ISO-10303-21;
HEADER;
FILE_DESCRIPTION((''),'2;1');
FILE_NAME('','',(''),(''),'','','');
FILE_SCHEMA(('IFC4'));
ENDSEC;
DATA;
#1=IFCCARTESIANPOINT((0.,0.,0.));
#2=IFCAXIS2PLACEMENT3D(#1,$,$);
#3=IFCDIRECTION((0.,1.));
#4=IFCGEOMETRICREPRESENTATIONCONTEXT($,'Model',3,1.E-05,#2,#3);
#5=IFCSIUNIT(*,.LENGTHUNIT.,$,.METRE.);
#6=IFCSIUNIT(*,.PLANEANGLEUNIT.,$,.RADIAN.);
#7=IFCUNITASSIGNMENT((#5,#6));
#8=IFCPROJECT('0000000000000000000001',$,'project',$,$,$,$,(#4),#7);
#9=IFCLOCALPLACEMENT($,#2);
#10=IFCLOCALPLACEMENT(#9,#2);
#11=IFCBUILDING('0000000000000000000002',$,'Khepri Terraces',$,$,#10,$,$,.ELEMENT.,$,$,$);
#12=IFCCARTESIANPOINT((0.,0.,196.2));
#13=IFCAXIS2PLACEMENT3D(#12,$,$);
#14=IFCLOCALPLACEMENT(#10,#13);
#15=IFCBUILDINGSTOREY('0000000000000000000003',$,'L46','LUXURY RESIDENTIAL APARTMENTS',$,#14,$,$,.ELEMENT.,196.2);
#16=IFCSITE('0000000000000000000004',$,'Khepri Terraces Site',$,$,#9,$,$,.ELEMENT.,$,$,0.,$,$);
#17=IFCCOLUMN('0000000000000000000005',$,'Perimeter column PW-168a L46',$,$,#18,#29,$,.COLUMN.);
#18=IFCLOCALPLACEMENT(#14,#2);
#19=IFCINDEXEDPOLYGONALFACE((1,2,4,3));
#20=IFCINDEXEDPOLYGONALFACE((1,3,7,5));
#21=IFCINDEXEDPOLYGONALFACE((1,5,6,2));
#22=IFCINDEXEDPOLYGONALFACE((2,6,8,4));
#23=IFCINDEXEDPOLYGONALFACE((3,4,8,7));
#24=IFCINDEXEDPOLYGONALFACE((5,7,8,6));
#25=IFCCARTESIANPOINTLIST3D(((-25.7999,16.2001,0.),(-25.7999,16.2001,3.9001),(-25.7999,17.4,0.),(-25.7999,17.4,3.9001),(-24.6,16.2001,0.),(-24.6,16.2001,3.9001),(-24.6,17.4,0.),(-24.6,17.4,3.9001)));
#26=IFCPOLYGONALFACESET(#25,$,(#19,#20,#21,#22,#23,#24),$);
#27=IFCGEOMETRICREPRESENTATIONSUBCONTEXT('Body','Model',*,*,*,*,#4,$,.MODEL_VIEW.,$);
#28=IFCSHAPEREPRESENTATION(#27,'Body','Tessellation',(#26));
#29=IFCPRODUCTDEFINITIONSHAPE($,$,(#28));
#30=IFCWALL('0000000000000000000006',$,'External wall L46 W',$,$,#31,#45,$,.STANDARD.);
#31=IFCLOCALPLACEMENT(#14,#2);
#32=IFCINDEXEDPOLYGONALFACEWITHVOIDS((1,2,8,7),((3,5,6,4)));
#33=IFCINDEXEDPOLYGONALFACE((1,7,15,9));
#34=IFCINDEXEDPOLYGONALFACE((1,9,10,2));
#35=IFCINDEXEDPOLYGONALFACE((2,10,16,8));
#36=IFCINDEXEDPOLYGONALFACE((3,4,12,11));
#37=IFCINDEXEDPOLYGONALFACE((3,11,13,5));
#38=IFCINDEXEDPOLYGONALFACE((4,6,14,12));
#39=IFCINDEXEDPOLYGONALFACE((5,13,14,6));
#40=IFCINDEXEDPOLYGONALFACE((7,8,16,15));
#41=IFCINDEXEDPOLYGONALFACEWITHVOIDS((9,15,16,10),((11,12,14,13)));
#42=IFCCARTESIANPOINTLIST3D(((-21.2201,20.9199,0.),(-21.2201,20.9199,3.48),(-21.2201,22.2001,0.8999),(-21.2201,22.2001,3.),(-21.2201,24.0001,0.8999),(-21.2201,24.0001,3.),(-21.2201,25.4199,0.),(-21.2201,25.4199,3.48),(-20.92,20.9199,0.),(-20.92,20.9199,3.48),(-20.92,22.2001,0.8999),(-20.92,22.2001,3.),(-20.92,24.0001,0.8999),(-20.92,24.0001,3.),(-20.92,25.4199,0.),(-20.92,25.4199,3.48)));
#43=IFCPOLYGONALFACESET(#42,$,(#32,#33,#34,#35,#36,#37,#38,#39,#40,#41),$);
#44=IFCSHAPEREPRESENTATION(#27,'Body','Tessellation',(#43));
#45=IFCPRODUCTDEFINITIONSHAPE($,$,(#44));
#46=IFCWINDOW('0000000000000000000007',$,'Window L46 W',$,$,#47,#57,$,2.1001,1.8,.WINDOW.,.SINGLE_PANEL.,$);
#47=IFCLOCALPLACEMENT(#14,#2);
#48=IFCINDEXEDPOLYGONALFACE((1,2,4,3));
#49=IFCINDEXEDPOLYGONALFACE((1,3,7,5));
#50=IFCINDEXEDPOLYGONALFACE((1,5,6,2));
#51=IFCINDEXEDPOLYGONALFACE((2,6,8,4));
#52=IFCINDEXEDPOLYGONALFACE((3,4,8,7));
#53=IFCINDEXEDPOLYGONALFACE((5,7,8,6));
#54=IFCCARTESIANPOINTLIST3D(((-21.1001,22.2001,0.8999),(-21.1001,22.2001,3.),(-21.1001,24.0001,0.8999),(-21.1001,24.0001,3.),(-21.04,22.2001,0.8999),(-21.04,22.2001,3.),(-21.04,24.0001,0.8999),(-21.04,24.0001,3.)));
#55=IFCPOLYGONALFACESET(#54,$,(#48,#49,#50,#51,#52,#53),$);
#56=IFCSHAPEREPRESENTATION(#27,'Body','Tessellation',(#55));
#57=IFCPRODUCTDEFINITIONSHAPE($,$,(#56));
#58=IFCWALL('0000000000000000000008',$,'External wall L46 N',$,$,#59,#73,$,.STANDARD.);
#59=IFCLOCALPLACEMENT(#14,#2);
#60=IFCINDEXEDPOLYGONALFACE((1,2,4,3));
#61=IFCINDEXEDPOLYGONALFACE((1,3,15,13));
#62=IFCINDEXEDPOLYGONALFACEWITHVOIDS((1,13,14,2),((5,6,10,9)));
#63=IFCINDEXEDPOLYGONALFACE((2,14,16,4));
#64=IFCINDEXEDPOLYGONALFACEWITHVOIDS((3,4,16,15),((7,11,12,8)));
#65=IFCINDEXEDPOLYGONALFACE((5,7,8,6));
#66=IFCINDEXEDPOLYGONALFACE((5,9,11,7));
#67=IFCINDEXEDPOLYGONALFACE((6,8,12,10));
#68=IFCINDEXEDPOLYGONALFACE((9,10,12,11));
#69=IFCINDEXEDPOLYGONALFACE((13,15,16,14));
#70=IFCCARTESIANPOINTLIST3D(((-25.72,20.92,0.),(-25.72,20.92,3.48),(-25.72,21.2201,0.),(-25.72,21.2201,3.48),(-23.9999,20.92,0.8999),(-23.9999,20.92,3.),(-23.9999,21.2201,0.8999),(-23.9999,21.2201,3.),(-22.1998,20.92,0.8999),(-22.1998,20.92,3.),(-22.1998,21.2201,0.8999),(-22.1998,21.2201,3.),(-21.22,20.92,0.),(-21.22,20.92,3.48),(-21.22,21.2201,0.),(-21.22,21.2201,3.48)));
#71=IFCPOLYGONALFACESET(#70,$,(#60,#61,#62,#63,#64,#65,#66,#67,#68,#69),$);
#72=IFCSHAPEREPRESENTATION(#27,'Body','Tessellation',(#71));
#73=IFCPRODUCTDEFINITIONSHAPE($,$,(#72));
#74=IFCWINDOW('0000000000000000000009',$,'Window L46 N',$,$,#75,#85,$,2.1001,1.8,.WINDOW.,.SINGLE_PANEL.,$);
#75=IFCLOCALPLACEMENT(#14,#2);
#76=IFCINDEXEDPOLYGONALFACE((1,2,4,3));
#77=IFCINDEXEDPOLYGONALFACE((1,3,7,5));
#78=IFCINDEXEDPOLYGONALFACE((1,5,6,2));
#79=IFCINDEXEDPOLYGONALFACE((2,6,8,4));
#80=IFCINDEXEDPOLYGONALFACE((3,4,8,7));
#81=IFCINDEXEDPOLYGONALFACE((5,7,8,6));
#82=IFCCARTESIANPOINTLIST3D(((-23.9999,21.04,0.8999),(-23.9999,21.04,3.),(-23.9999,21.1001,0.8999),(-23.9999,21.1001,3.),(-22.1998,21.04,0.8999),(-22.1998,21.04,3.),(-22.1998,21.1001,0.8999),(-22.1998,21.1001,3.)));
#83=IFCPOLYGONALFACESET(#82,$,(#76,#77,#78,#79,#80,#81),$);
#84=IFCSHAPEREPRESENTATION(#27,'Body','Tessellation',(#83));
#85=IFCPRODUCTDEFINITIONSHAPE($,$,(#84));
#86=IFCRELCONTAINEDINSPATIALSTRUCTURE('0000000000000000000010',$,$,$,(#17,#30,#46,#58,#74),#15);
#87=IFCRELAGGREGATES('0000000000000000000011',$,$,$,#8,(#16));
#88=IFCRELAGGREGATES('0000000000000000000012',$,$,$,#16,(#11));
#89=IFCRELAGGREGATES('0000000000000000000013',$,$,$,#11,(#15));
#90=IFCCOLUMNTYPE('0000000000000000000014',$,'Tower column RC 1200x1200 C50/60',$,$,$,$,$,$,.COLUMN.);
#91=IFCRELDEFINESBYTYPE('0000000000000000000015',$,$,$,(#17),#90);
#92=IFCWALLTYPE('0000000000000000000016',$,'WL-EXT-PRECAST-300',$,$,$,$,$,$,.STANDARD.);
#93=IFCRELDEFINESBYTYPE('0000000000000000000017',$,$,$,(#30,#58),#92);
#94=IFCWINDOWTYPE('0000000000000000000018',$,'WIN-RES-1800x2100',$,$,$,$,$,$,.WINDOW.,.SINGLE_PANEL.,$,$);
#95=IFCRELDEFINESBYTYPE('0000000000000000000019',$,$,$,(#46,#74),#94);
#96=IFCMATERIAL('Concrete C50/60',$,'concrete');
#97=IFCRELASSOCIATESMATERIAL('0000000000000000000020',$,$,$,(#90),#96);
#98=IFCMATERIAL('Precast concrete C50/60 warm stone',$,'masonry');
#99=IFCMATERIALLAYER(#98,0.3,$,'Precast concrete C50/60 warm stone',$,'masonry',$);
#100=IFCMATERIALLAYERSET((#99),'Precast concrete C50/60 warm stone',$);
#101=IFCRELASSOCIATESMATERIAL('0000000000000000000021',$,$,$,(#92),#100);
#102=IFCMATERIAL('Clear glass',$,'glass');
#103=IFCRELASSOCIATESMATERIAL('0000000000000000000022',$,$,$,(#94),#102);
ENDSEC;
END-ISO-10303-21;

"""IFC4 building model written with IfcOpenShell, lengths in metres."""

from ifc_helpers import new_model, si_unit, direction, frame, frame_2d, origin, origin_2d, place, context, subcontext, project, spatial, rectangle, extrude, material, layer, layer_set, material_profile, profile_set, type_object, element, fill, save


model = new_model("IFC4")

# Units and contexts
model_context = context("Model", 3, precision=1e-05, world=origin(), true_north=direction((0.0, 1.0)))
body_context = subcontext(model_context, "Body", "Model", "MODEL_VIEW")
ifc_project = project(units=[si_unit("LENGTHUNIT", "METRE"), si_unit("PLANEANGLEUNIT", "RADIAN")], contexts=[model_context])

# Site, building, storey
site_placement = place(None, origin())
site = spatial("IfcSite", under=ifc_project, at=site_placement, Name="Khepri Terraces Site", CompositionType="ELEMENT", RefElevation=0.0)
building_placement = place(site_placement, origin())
building = spatial("IfcBuilding", under=site, at=building_placement, Name="Khepri Terraces", CompositionType="ELEMENT")
storey_placement = place(building_placement, frame((0.0, 0.0, 196.2)))
storey = spatial("IfcBuildingStorey", under=building, at=storey_placement, Name="L46", Description="LUXURY RESIDENTIAL APARTMENTS", CompositionType="ELEMENT", Elevation=196.2)

# Column
ifc_material_1 = material(Name="Concrete C50/60", Category="concrete")
ifc_material_profile = material_profile(ifc_material_1, rectangle(XDim=1.2, YDim=1.2, at=origin_2d()), Name="Concrete C50/60", Category="concrete")
ifc_profile_set = profile_set([ifc_material_profile], Name="Concrete C50/60")
column_type = type_object("IfcColumnType", Name="Tower column RC 1200x1200 C50/60", PredefinedType="COLUMN", material=ifc_profile_set)
column_placement = place(storey_placement, frame((-25.2, 16.8, 0.0), z_axis=(0.0, 0.0, 1.0), x_axis=(1.0, 0.0, 0.0)))
element("IfcColumn", 1, at=column_placement, inside=storey, type_object=column_type, Name="Perimeter column PW-168a L46", PredefinedType="COLUMN", context=body_context, shape_type="SweptSolid", body=[
    extrude(rectangle(XDim=1.2, YDim=1.2, at=origin_2d()), origin(), (0.0, 0.0, 1.0), 3.9001),
])

# Walls, openings, windows
ifc_material_2 = material(Name="Precast concrete C50/60 warm stone", Category="masonry")
ifc_layer = layer(ifc_material_2, 0.3, Name="Precast concrete C50/60 warm stone", Category="masonry")
ifc_layer_set = layer_set([ifc_layer], Name="Precast concrete C50/60 warm stone")
wall_type = type_object("IfcWallType", Name="WL-EXT-PRECAST-300", PredefinedType="STANDARD", material=ifc_layer_set)
wall_1_placement = place(storey_placement, frame((-21.0701, 25.4199, 0.0), z_axis=(0.0, 0.0, 1.0), x_axis=(0.0, -1.0, 0.0)))
wall_1 = element("IfcWall", 2, at=wall_1_placement, inside=storey, type_object=wall_type, Name="External wall L46 W", PredefinedType="STANDARD", context=body_context, shape_type="SweptSolid", body=[
    extrude(rectangle(XDim=4.5, YDim=0.3, at=frame_2d((2.25, 0.0))), origin(), (0.0, 0.0, 1.0), 3.48),
])
opening_1_placement = place(wall_1_placement, frame((1.4199, 0.0, 0.8999)))
opening_1 = element("IfcOpeningElement", 3, at=opening_1_placement, cuts=wall_1, PredefinedType="OPENING", context=body_context, shape_type="SweptSolid", body=[
    extrude(rectangle(XDim=1.8, YDim=2.1001, at=frame_2d((0.8999, 1.05))), frame((0.0, 0.1602, 0.0), z_axis=(0.0, -1.0, 0.0), x_axis=(1.0, 0.0, 0.0)), (0.0, 0.0, 1.0), 0.3201),
])
ifc_material_3 = material(Name="Clear glass", Category="glass")
window_type = type_object("IfcWindowType", Name="WIN-RES-1800x2100", PartitioningType="SINGLE_PANEL", PredefinedType="WINDOW", material=ifc_material_3)
window_1_placement = place(opening_1_placement, origin())
window_1 = element("IfcWindow", 4, at=window_1_placement, inside=storey, type_object=window_type, Name="Window L46 W", OverallHeight=2.1001, OverallWidth=1.8, PartitioningType="SINGLE_PANEL", PredefinedType="WINDOW", context=body_context, shape_type="SweptSolid", body=[
    extrude(rectangle(XDim=1.8, YDim=2.1001, at=frame_2d((0.8999, 1.05))), frame((0.0, 0.03, 0.0), z_axis=(0.0, -1.0, 0.0), x_axis=(1.0, 0.0, 0.0)), (0.0, 0.0, 1.0), 0.0601),
])
fill(opening_1, window_1)
wall_2_placement = place(storey_placement, frame((-21.22, 21.0701, 0.0), z_axis=(0.0, 0.0, 1.0), x_axis=(-1.0, 0.0, 0.0)))
wall_2 = element("IfcWall", 5, at=wall_2_placement, inside=storey, type_object=wall_type, Name="External wall L46 N", PredefinedType="STANDARD", context=body_context, shape_type="SweptSolid", body=[
    extrude(rectangle(XDim=4.5, YDim=0.3, at=frame_2d((2.25, 0.0))), origin(), (0.0, 0.0, 1.0), 3.48),
])
opening_2_placement = place(wall_2_placement, frame((0.98, 0.0, 0.8999)))
opening_2 = element("IfcOpeningElement", 6, at=opening_2_placement, cuts=wall_2, PredefinedType="OPENING", context=body_context, shape_type="SweptSolid", body=[
    extrude(rectangle(XDim=1.8, YDim=2.1001, at=frame_2d((0.8999, 1.05))), frame((0.0, 0.1602, 0.0), z_axis=(0.0, -1.0, 0.0), x_axis=(1.0, 0.0, 0.0)), (0.0, 0.0, 1.0), 0.3201),
])
window_2_placement = place(opening_2_placement, origin())
window_2 = element("IfcWindow", 7, at=window_2_placement, inside=storey, type_object=window_type, Name="Window L46 N", OverallHeight=2.1001, OverallWidth=1.8, PartitioningType="SINGLE_PANEL", PredefinedType="WINDOW", context=body_context, shape_type="SweptSolid", body=[
    extrude(rectangle(XDim=1.8, YDim=2.1001, at=frame_2d((0.8999, 1.05))), frame((0.0, 0.03, 0.0), z_axis=(0.0, -1.0, 0.0), x_axis=(1.0, 0.0, 0.0)), (0.0, 0.0, 1.0), 0.0601),
])
fill(opening_2, window_2)

save(model, "model.ifc")
